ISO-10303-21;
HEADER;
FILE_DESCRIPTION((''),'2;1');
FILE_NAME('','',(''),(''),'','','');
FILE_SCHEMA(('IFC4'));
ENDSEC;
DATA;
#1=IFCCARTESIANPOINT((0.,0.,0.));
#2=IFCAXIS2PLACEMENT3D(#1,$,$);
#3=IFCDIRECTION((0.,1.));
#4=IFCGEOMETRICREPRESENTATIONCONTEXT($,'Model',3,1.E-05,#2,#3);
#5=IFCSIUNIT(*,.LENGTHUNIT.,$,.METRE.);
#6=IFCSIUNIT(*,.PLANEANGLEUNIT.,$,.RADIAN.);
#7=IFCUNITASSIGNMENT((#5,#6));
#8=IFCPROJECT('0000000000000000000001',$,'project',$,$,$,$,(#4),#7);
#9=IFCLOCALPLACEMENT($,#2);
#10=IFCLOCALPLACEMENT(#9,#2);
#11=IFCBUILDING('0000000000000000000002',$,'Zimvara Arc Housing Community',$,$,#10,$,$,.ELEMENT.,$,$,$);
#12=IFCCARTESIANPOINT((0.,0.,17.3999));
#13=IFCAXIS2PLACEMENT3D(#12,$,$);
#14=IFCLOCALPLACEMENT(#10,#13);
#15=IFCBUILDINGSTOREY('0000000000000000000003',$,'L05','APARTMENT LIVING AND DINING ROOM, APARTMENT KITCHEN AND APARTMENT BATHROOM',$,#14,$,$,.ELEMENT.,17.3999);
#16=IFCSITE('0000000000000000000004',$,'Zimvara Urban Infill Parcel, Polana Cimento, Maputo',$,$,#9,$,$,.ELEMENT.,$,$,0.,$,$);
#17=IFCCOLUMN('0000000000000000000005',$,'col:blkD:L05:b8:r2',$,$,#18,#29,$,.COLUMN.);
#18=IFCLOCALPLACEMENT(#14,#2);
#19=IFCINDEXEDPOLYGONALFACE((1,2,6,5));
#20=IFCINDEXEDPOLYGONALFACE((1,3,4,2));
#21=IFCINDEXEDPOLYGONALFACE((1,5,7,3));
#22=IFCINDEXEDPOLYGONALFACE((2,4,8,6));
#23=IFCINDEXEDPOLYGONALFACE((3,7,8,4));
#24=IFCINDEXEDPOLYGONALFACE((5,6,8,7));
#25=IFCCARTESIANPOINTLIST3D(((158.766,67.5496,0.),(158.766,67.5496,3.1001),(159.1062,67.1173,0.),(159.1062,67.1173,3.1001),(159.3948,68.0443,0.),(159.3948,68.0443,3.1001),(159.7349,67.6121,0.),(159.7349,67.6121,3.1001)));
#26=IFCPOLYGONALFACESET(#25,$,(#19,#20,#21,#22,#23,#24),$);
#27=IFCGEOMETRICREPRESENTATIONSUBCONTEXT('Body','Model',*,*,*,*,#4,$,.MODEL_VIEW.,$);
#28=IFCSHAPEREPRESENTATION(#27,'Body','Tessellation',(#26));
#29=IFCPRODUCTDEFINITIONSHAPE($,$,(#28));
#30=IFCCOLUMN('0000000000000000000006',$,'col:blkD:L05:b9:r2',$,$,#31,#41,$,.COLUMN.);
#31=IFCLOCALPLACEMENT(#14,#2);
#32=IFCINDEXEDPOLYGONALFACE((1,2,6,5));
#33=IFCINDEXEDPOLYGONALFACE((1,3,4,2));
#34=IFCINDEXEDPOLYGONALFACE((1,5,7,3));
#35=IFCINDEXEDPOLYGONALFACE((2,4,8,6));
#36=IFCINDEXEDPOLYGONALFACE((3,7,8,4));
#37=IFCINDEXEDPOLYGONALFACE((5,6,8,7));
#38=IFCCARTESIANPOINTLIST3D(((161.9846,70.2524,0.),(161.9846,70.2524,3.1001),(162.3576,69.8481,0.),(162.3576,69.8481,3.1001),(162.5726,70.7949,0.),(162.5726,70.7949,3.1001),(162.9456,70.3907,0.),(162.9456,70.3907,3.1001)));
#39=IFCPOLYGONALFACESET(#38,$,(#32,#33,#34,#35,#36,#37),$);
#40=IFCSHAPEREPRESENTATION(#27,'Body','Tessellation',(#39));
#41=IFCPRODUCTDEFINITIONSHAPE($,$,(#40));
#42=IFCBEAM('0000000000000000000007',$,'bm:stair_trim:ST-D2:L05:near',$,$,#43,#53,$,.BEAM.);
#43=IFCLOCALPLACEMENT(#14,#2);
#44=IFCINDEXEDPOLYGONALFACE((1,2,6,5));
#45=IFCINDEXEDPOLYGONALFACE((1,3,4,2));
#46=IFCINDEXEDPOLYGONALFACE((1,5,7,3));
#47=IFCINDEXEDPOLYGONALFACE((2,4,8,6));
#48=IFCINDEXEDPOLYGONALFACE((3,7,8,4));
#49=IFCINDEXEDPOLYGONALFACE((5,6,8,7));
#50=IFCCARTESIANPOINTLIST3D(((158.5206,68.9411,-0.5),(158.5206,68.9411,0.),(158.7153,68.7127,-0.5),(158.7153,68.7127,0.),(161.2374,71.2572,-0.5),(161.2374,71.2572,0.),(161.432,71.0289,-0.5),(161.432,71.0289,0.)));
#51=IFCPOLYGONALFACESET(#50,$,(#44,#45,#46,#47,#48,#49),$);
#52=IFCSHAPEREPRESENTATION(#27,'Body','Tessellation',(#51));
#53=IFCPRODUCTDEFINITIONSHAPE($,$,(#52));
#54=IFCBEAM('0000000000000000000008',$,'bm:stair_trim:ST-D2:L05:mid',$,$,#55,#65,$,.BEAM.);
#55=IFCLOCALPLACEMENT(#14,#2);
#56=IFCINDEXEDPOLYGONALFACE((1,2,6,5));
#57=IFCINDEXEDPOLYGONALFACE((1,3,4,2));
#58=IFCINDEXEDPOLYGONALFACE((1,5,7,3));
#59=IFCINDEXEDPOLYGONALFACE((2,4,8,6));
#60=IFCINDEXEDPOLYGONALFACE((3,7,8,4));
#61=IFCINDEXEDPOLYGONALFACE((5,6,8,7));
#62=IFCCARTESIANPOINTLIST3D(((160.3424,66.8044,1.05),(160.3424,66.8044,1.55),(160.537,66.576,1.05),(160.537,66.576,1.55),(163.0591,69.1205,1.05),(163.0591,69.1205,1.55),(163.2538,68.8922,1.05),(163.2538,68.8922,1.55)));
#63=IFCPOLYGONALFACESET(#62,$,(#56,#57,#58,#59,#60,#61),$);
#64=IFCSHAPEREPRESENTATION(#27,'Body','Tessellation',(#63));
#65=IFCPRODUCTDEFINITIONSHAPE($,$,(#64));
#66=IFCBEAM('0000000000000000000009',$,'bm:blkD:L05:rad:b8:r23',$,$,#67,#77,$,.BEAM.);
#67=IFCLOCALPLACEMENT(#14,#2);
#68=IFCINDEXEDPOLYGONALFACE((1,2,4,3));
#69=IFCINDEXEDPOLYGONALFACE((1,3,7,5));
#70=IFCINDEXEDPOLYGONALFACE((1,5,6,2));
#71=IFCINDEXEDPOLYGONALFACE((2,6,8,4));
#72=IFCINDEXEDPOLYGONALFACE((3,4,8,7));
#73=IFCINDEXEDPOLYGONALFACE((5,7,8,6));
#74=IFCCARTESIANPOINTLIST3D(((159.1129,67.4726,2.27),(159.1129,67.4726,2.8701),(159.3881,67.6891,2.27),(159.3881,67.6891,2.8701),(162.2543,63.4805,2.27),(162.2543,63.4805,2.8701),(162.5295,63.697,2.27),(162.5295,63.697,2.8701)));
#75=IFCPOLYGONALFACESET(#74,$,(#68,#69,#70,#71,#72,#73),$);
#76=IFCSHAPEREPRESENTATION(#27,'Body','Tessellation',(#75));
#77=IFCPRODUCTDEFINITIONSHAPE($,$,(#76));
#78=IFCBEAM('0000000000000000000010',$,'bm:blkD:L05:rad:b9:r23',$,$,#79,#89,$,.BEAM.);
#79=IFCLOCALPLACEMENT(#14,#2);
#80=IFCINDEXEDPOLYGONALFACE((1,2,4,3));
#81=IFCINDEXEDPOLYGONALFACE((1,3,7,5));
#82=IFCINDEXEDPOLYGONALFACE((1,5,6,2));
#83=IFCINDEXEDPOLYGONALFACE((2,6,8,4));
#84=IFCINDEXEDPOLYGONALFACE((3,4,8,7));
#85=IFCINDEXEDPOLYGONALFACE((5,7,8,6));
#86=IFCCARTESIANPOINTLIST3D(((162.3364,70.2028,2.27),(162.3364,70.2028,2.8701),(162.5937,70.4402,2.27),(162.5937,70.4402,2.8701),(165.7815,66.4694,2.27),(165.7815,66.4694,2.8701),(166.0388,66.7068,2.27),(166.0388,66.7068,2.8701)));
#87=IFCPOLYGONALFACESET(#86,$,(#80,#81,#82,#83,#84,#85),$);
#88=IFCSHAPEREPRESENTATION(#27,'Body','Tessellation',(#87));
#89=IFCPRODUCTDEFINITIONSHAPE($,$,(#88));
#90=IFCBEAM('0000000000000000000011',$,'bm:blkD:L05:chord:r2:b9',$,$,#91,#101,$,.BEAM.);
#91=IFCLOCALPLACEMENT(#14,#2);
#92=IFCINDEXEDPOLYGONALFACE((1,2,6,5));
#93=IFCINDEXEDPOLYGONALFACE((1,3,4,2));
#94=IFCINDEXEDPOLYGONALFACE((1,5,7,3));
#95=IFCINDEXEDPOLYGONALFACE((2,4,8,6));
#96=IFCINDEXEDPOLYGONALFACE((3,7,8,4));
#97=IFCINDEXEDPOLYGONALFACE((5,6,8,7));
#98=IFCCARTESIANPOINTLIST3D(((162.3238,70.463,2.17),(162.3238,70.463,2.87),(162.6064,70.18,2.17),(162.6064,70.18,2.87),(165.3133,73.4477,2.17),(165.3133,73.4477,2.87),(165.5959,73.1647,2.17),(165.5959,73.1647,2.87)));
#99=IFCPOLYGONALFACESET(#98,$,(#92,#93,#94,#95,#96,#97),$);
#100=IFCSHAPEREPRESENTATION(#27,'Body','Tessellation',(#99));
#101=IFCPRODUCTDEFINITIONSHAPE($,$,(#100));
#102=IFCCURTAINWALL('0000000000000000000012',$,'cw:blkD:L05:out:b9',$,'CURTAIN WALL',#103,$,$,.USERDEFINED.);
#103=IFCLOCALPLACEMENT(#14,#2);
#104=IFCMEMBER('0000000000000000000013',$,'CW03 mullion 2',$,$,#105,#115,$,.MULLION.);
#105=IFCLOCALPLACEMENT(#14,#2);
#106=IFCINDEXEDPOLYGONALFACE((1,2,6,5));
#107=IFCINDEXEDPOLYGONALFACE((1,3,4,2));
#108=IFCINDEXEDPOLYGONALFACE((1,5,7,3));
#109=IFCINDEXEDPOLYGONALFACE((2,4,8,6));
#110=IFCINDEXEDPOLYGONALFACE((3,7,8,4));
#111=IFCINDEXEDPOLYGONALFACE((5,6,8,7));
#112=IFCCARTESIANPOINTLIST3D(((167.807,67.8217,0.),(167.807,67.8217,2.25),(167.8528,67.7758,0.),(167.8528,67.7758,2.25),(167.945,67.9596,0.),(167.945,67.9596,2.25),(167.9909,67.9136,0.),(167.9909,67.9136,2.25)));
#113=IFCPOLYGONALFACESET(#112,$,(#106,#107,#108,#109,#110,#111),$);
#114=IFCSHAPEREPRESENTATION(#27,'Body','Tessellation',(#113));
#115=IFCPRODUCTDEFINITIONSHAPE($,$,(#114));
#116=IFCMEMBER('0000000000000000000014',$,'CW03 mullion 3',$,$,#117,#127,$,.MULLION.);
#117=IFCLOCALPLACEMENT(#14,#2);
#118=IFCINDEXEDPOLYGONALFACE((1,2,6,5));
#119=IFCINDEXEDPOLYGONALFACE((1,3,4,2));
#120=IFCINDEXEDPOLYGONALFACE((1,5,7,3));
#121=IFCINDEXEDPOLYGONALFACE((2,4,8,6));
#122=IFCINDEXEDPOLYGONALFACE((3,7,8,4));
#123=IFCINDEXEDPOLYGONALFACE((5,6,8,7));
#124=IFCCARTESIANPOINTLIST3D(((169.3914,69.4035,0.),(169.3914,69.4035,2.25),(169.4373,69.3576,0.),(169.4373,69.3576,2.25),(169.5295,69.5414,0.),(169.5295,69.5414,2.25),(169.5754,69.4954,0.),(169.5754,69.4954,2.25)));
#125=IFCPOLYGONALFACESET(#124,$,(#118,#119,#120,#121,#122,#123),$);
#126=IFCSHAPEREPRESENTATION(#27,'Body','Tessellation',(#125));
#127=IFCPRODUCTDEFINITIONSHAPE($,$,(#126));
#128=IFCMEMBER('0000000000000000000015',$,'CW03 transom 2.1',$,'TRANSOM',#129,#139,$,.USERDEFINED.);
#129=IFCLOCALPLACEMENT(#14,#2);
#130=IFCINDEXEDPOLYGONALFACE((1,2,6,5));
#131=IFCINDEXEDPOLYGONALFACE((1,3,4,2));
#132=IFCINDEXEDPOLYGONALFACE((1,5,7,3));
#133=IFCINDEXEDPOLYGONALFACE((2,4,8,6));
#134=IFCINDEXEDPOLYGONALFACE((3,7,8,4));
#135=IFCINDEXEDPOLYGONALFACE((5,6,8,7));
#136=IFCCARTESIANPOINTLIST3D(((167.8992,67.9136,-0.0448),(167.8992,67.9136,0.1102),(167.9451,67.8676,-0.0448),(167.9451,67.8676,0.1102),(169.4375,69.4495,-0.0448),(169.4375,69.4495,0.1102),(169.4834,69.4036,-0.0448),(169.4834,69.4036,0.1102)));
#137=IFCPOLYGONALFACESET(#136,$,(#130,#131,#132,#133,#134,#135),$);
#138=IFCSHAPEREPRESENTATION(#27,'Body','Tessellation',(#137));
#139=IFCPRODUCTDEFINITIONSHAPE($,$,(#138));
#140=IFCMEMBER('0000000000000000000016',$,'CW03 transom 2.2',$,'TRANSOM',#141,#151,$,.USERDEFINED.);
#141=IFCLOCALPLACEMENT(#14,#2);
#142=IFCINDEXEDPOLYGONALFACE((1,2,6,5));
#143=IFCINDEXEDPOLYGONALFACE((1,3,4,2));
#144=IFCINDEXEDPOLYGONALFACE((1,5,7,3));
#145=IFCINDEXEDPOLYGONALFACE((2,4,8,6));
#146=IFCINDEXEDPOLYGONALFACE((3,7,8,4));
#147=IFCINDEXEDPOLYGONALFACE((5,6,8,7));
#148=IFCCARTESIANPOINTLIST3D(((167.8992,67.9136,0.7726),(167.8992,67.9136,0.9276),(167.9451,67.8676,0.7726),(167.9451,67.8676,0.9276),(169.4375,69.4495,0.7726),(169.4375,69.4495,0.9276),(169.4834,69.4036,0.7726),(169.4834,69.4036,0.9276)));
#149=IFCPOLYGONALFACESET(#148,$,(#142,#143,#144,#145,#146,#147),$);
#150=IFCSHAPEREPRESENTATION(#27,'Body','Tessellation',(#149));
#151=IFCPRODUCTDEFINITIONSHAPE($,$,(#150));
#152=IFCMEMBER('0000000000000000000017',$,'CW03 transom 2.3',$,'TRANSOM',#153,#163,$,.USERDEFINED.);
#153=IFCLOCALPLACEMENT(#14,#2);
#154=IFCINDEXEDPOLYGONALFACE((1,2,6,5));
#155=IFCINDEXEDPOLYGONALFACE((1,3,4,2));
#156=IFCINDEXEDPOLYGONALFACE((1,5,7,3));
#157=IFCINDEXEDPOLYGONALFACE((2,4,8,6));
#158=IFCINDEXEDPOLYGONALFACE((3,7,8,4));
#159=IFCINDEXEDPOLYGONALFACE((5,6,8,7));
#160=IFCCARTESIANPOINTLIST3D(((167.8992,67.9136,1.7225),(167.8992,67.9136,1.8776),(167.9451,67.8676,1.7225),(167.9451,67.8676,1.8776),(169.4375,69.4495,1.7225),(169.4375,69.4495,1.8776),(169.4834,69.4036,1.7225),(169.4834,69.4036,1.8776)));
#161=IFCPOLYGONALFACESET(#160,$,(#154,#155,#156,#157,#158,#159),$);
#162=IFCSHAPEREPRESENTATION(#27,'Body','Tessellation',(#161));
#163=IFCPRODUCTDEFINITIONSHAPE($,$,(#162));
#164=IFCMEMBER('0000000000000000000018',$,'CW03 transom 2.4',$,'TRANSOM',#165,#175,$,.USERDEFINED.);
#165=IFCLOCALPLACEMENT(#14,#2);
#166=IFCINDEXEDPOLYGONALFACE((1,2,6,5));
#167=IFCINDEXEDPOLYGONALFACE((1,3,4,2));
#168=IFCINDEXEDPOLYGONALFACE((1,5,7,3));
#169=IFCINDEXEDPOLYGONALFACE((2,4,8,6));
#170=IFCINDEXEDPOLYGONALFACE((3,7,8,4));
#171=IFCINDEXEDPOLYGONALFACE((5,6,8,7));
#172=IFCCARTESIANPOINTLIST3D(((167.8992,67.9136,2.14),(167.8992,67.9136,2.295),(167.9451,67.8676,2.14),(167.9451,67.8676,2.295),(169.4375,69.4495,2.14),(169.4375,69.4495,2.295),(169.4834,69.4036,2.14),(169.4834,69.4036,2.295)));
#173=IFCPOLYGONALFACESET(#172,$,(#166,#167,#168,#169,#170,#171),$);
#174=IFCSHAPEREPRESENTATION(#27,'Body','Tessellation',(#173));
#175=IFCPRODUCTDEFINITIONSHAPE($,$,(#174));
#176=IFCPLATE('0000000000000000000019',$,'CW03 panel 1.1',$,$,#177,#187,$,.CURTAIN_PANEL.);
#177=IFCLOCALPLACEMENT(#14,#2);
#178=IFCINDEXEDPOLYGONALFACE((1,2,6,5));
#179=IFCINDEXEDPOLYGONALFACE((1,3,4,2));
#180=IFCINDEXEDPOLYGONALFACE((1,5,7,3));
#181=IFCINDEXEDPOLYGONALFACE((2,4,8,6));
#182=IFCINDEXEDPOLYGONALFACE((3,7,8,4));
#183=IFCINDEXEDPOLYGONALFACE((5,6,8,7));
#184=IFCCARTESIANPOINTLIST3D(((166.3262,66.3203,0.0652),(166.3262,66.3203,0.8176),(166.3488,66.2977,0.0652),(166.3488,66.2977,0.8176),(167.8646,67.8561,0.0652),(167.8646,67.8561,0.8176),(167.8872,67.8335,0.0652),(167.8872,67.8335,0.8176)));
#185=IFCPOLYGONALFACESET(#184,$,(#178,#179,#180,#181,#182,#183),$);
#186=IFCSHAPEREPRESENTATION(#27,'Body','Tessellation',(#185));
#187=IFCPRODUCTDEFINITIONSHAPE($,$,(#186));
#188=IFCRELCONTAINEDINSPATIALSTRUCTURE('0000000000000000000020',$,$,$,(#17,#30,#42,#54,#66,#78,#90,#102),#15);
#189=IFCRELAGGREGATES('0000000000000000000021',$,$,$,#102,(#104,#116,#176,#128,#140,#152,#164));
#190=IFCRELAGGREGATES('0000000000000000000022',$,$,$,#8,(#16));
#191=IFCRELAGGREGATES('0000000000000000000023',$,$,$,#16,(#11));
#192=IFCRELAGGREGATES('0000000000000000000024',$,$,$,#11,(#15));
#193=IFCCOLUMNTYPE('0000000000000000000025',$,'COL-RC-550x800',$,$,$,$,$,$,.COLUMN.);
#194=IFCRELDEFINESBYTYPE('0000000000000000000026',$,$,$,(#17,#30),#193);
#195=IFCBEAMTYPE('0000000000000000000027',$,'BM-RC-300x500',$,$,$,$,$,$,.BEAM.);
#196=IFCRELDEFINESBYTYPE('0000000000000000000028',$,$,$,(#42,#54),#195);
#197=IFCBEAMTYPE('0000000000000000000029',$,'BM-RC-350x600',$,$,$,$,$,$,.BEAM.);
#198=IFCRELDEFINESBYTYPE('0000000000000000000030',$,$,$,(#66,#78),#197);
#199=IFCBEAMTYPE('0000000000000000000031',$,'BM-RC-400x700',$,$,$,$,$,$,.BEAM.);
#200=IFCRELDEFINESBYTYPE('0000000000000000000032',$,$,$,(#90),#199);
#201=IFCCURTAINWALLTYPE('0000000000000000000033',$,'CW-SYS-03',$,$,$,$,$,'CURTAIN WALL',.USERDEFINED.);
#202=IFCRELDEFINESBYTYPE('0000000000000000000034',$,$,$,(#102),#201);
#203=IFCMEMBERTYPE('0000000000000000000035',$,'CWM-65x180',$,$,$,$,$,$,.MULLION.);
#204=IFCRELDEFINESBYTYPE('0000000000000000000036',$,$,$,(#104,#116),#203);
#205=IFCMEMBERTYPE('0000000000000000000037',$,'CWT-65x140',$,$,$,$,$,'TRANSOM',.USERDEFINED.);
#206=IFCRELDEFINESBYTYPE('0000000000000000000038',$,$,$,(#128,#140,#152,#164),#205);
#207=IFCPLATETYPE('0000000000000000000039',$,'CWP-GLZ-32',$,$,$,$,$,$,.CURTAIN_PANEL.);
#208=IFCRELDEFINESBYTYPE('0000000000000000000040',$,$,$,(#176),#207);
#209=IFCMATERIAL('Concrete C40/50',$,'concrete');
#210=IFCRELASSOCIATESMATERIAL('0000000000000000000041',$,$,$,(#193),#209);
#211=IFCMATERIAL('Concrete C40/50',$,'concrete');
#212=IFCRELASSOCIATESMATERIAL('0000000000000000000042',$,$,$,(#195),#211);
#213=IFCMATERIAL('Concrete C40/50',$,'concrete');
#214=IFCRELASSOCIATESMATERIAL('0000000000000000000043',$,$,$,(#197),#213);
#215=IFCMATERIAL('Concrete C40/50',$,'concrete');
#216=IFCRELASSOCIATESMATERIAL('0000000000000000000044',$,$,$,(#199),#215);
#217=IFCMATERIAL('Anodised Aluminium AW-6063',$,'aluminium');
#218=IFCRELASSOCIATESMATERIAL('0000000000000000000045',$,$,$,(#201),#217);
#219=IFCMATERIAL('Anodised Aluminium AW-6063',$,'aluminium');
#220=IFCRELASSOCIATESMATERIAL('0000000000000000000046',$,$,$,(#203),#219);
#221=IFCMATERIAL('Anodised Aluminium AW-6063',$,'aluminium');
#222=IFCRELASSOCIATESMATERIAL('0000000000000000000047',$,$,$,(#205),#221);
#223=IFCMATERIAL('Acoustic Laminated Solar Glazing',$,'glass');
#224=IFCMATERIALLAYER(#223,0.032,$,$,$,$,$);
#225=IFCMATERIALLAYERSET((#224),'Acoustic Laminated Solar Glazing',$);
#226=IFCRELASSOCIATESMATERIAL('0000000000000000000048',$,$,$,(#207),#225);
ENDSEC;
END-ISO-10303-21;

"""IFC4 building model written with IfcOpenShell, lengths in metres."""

from ifc_helpers import new_model, si_unit, direction, frame, origin, origin_2d, place, context, subcontext, project, spatial, rectangle, extrude, material, layer, layer_set, material_profile, profile_set, type_object, element, aggregate, save


model = new_model("IFC4")

# Units and contexts
model_context = context("Model", 3, precision=1e-05, world=origin(), true_north=direction((0.0, 1.0)))
body_context = subcontext(model_context, "Body", "Model", "MODEL_VIEW")
ifc_project = project(units=[si_unit("LENGTHUNIT", "METRE"), si_unit("PLANEANGLEUNIT", "RADIAN")], contexts=[model_context])

# Site, building, storey
site_placement = place(None, origin())
site = spatial("IfcSite", under=ifc_project, at=site_placement, Name="Zimvara Urban Infill Parcel, Polana Cimento, Maputo", CompositionType="ELEMENT", RefElevation=0.0)
building_placement = place(site_placement, origin())
building = spatial("IfcBuilding", under=site, at=building_placement, Name="Zimvara Arc Housing Community", CompositionType="ELEMENT")
storey_placement = place(building_placement, frame((0.0, 0.0, 17.3999)))
storey = spatial("IfcBuildingStorey", under=building, at=storey_placement, Name="L05", Description="APARTMENT LIVING AND DINING ROOM, APARTMENT KITCHEN AND APARTMENT BATHROOM", CompositionType="ELEMENT", Elevation=17.3999)

# Columns
ifc_material_1 = material(Name="Concrete C40/50", Category="concrete")
ifc_material_profile_1 = material_profile(ifc_material_1, rectangle(XDim=0.55, YDim=0.8, at=origin_2d()), Name="RC 550x800")
ifc_profile_set_1 = profile_set([ifc_material_profile_1], Name="Concrete C40/50")
column_type_1 = type_object("IfcColumnType", Name="COL-RC-550x800", PredefinedType="COLUMN", material=ifc_profile_set_1)
for number, where, z_axis, x_axis, name in (
    (1, (159.2505, 67.5808, 0.0), (0.0, 0.0, 1.0), (0.618408, -0.785857, 0.0), "col:blkD:L05:b8:r2"),
    (2, (162.4651, 70.3215, 0.0), (0.0, 0.0, 1.0), (0.67816, -0.734915, 0.0), "col:blkD:L05:b9:r2"),
):
    element("IfcColumn", number, at=place(storey_placement, frame(where, z_axis=z_axis, x_axis=x_axis)), inside=storey, type_object=column_type_1, Name=name, PredefinedType="COLUMN", context=body_context, shape_type="SweptSolid", body=[
        extrude(rectangle(XDim=0.55, YDim=0.8, at=origin_2d()), origin(), (0.0, 0.0, 1.0), 3.1001),
    ])

# Beams
ifc_material_2 = material(Name="Concrete C40/50", Category="concrete")
ifc_material_profile_2 = material_profile(ifc_material_2, rectangle(XDim=0.3, YDim=0.5, at=origin_2d()), Name="RC 300x500")
ifc_profile_set_2 = profile_set([ifc_material_profile_2], Name="Concrete C40/50")
beam_type_1 = type_object("IfcBeamType", Name="BM-RC-300x500", PredefinedType="BEAM", material=ifc_profile_set_2)
for number, where, z_axis, x_axis, name in (
    (3, (158.6179, 68.8269, -0.25), (0.760987, 0.648767, 0.0), (-0.648767, 0.760987, 0.0), "bm:stair_trim:ST-D2:L05:near"),
    (4, (160.4397, 66.6902, 1.3), (0.760987, 0.648767, 0.0), (-0.648767, 0.760987, 0.0), "bm:stair_trim:ST-D2:L05:mid"),
):
    element("IfcBeam", number, at=place(storey_placement, frame(where, z_axis=z_axis, x_axis=x_axis)), inside=storey, type_object=beam_type_1, Name=name, PredefinedType="BEAM", context=body_context, shape_type="SweptSolid", body=[
        extrude(rectangle(XDim=0.3, YDim=0.5, at=origin_2d()), origin(), (0.0, 0.0, 1.0), 3.5701),
    ])
ifc_material_3 = material(Name="Concrete C40/50", Category="concrete")
ifc_material_profile_3 = material_profile(ifc_material_3, rectangle(XDim=0.3501, YDim=0.6001, at=origin_2d()), Name="RC 350x600")
ifc_profile_set_3 = profile_set([ifc_material_profile_3], Name="Concrete C40/50")
beam_type_2 = type_object("IfcBeamType", Name="BM-RC-350x600", PredefinedType="BEAM", material=ifc_profile_set_3)
beam_1_placement = place(storey_placement, frame((159.2505, 67.5808, 2.5701), z_axis=(0.618409, -0.785856, 0.0), x_axis=(0.785856, 0.618409, 0.0)))
element("IfcBeam", 5, at=beam_1_placement, inside=storey, type_object=beam_type_2, Name="bm:blkD:L05:rad:b8:r23", PredefinedType="BEAM", context=body_context, shape_type="SweptSolid", body=[
    extrude(rectangle(XDim=0.3501, YDim=0.6001, at=origin_2d()), origin(), (0.0, 0.0, 1.0), 5.0798),
])
beam_2_placement = place(storey_placement, frame((162.4651, 70.3215, 2.5701), z_axis=(0.678158, -0.734916, 0.0), x_axis=(0.734916, 0.678158, 0.0)))
element("IfcBeam", 6, at=beam_2_placement, inside=storey, type_object=beam_type_2, Name="bm:blkD:L05:rad:b9:r23", PredefinedType="BEAM", context=body_context, shape_type="SweptSolid", body=[
    extrude(rectangle(XDim=0.3501, YDim=0.6001, at=origin_2d()), origin(), (0.0, 0.0, 1.0), 5.0801),
])
ifc_material_4 = material(Name="Concrete C40/50", Category="concrete")
ifc_material_profile_4 = material_profile(ifc_material_4, rectangle(XDim=0.3999, YDim=0.7, at=origin_2d()), Name="RC 400x700")
ifc_profile_set_4 = profile_set([ifc_material_profile_4], Name="Concrete C40/50")
beam_type_3 = type_object("IfcBeamType", Name="BM-RC-400x700", PredefinedType="BEAM", material=ifc_profile_set_4)
beam_3_placement = place(storey_placement, frame((162.4651, 70.3215, 2.52), z_axis=(0.707684, 0.706529, 0.0), x_axis=(-0.706529, 0.707684, 0.0)))
element("IfcBeam", 7, at=beam_3_placement, inside=storey, type_object=beam_type_3, Name="bm:blkD:L05:chord:r2:b9", PredefinedType="BEAM", context=body_context, shape_type="SweptSolid", body=[
    extrude(rectangle(XDim=0.3999, YDim=0.7, at=origin_2d()), origin(), (0.0, 0.0, 1.0), 4.2244),
])

# Curtain wall, members, plate
ifc_material_5 = material(Name="Anodised Aluminium AW-6063", Category="aluminium")
curtain_wall_type = type_object("IfcCurtainWallType", Name="CW-SYS-03", ElementType="CURTAIN WALL", PredefinedType="USERDEFINED", material=ifc_material_5)
curtain_wall_placement = place(storey_placement, origin())
curtain_wall = element("IfcCurtainWall", 8, at=curtain_wall_placement, inside=storey, type_object=curtain_wall_type, Name="cw:blkD:L05:out:b9", ObjectType="CURTAIN WALL", PredefinedType="USERDEFINED")
ifc_material_6 = material(Name="Anodised Aluminium AW-6063", Category="aluminium")
ifc_material_profile_5 = material_profile(ifc_material_6, rectangle(XDim=0.0649, YDim=0.1951, at=origin_2d()), Name="ALU 65x195")
ifc_profile_set_5 = profile_set([ifc_material_profile_5], Name="Anodised Aluminium AW-6063")
member_type_1 = type_object("IfcMemberType", Name="CWM-65x180", PredefinedType="MULLION", material=ifc_profile_set_5)
member_1_placement = place(storey_placement, frame((167.8989, 67.8677, 0.0), z_axis=(0.0, 0.0, 1.0), x_axis=(-0.706489, 0.707724, 0.0)))
member_1 = element("IfcMember", 9, at=member_1_placement, type_object=member_type_1, Name="CW03 mullion 2", PredefinedType="MULLION", context=body_context, shape_type="SweptSolid", body=[
    extrude(rectangle(XDim=0.0649, YDim=0.1951, at=origin_2d()), origin(), (0.0, 0.0, 1.0), 2.25),
])
member_2_placement = place(storey_placement, frame((169.4834, 69.4495, 0.0), z_axis=(0.0, 0.0, 1.0), x_axis=(-0.706489, 0.707724, 0.0)))
member_2 = element("IfcMember", 10, at=member_2_placement, type_object=member_type_1, Name="CW03 mullion 3", PredefinedType="MULLION", context=body_context, shape_type="SweptSolid", body=[
    extrude(rectangle(XDim=0.0649, YDim=0.1951, at=origin_2d()), origin(), (0.0, 0.0, 1.0), 2.25),
])
ifc_material_7 = material(Name="Anodised Aluminium AW-6063", Category="aluminium")
ifc_material_profile_6 = material_profile(ifc_material_7, rectangle(XDim=0.0649, YDim=0.155, at=origin_2d()), Name="ALU 65x155")
ifc_profile_set_6 = profile_set([ifc_material_profile_6], Name="Anodised Aluminium AW-6063")
member_type_2 = type_object("IfcMemberType", Name="CWT-65x140", ElementType="TRANSOM", PredefinedType="USERDEFINED", material=ifc_profile_set_6)
member_3_placement = place(storey_placement, frame((167.9221, 67.8906, 0.0327), z_axis=(0.707668, 0.706545, 0.0), x_axis=(-0.706545, 0.707668, 0.0)))
member_3 = element("IfcMember", 11, at=member_3_placement, type_object=member_type_2, Name="CW03 transom 2.1", ObjectType="TRANSOM", PredefinedType="USERDEFINED", context=body_context, shape_type="SweptSolid", body=[
    extrude(rectangle(XDim=0.0649, YDim=0.155, at=origin_2d()), origin(), (0.0, 0.0, 1.0), 2.1738),
])
member_4_placement = place(storey_placement, frame((167.9221, 67.8906, 0.8501), z_axis=(0.707668, 0.706545, 0.0), x_axis=(-0.706545, 0.707668, 0.0)))
member_4 = element("IfcMember", 12, at=member_4_placement, type_object=member_type_2, Name="CW03 transom 2.2", ObjectType="TRANSOM", PredefinedType="USERDEFINED", context=body_context, shape_type="SweptSolid", body=[
    extrude(rectangle(XDim=0.0649, YDim=0.155, at=origin_2d()), origin(), (0.0, 0.0, 1.0), 2.1738),
])
member_5_placement = place(storey_placement, frame((167.9221, 67.8906, 1.8), z_axis=(0.707668, 0.706545, 0.0), x_axis=(-0.706545, 0.707668, 0.0)))
member_5 = element("IfcMember", 13, at=member_5_placement, type_object=member_type_2, Name="CW03 transom 2.3", ObjectType="TRANSOM", PredefinedType="USERDEFINED", context=body_context, shape_type="SweptSolid", body=[
    extrude(rectangle(XDim=0.0649, YDim=0.155, at=origin_2d()), origin(), (0.0, 0.0, 1.0), 2.1738),
])
member_6_placement = place(storey_placement, frame((167.9221, 67.8906, 2.2175), z_axis=(0.707668, 0.706545, 0.0), x_axis=(-0.706545, 0.707668, 0.0)))
member_6 = element("IfcMember", 14, at=member_6_placement, type_object=member_type_2, Name="CW03 transom 2.4", ObjectType="TRANSOM", PredefinedType="USERDEFINED", context=body_context, shape_type="SweptSolid", body=[
    extrude(rectangle(XDim=0.0649, YDim=0.155, at=origin_2d()), origin(), (0.0, 0.0, 1.0), 2.1738),
])
ifc_material_8 = material(Name="Acoustic Laminated Solar Glazing", Category="glass")
ifc_layer_1 = layer(ifc_material_8, 0.032)
ifc_layer_set_1 = layer_set([ifc_layer_1], Name="Acoustic Laminated Solar Glazing")
plate_type = type_object("IfcPlateType", Name="CWP-GLZ-32", PredefinedType="CURTAIN_PANEL", material=ifc_layer_set_1)
plate_1_placement = place(storey_placement, frame((167.1067, 67.0769, 0.0652), z_axis=(0.0, 0.0, 1.0), x_axis=(0.707724, 0.706489, 0.0)))
plate_1 = element("IfcPlate", 15, at=plate_1_placement, type_object=plate_type, Name="CW03 panel 1.1", PredefinedType="CURTAIN_PANEL", context=body_context, shape_type="SweptSolid", body=[
    extrude(rectangle(XDim=2.1738, YDim=0.032, at=origin_2d()), origin(), (0.0, 0.0, 1.0), 0.7524),
])
aggregate(curtain_wall, [member_1, member_2, plate_1, member_3, member_4, member_5, member_6])

save(model, "model.ifc")
